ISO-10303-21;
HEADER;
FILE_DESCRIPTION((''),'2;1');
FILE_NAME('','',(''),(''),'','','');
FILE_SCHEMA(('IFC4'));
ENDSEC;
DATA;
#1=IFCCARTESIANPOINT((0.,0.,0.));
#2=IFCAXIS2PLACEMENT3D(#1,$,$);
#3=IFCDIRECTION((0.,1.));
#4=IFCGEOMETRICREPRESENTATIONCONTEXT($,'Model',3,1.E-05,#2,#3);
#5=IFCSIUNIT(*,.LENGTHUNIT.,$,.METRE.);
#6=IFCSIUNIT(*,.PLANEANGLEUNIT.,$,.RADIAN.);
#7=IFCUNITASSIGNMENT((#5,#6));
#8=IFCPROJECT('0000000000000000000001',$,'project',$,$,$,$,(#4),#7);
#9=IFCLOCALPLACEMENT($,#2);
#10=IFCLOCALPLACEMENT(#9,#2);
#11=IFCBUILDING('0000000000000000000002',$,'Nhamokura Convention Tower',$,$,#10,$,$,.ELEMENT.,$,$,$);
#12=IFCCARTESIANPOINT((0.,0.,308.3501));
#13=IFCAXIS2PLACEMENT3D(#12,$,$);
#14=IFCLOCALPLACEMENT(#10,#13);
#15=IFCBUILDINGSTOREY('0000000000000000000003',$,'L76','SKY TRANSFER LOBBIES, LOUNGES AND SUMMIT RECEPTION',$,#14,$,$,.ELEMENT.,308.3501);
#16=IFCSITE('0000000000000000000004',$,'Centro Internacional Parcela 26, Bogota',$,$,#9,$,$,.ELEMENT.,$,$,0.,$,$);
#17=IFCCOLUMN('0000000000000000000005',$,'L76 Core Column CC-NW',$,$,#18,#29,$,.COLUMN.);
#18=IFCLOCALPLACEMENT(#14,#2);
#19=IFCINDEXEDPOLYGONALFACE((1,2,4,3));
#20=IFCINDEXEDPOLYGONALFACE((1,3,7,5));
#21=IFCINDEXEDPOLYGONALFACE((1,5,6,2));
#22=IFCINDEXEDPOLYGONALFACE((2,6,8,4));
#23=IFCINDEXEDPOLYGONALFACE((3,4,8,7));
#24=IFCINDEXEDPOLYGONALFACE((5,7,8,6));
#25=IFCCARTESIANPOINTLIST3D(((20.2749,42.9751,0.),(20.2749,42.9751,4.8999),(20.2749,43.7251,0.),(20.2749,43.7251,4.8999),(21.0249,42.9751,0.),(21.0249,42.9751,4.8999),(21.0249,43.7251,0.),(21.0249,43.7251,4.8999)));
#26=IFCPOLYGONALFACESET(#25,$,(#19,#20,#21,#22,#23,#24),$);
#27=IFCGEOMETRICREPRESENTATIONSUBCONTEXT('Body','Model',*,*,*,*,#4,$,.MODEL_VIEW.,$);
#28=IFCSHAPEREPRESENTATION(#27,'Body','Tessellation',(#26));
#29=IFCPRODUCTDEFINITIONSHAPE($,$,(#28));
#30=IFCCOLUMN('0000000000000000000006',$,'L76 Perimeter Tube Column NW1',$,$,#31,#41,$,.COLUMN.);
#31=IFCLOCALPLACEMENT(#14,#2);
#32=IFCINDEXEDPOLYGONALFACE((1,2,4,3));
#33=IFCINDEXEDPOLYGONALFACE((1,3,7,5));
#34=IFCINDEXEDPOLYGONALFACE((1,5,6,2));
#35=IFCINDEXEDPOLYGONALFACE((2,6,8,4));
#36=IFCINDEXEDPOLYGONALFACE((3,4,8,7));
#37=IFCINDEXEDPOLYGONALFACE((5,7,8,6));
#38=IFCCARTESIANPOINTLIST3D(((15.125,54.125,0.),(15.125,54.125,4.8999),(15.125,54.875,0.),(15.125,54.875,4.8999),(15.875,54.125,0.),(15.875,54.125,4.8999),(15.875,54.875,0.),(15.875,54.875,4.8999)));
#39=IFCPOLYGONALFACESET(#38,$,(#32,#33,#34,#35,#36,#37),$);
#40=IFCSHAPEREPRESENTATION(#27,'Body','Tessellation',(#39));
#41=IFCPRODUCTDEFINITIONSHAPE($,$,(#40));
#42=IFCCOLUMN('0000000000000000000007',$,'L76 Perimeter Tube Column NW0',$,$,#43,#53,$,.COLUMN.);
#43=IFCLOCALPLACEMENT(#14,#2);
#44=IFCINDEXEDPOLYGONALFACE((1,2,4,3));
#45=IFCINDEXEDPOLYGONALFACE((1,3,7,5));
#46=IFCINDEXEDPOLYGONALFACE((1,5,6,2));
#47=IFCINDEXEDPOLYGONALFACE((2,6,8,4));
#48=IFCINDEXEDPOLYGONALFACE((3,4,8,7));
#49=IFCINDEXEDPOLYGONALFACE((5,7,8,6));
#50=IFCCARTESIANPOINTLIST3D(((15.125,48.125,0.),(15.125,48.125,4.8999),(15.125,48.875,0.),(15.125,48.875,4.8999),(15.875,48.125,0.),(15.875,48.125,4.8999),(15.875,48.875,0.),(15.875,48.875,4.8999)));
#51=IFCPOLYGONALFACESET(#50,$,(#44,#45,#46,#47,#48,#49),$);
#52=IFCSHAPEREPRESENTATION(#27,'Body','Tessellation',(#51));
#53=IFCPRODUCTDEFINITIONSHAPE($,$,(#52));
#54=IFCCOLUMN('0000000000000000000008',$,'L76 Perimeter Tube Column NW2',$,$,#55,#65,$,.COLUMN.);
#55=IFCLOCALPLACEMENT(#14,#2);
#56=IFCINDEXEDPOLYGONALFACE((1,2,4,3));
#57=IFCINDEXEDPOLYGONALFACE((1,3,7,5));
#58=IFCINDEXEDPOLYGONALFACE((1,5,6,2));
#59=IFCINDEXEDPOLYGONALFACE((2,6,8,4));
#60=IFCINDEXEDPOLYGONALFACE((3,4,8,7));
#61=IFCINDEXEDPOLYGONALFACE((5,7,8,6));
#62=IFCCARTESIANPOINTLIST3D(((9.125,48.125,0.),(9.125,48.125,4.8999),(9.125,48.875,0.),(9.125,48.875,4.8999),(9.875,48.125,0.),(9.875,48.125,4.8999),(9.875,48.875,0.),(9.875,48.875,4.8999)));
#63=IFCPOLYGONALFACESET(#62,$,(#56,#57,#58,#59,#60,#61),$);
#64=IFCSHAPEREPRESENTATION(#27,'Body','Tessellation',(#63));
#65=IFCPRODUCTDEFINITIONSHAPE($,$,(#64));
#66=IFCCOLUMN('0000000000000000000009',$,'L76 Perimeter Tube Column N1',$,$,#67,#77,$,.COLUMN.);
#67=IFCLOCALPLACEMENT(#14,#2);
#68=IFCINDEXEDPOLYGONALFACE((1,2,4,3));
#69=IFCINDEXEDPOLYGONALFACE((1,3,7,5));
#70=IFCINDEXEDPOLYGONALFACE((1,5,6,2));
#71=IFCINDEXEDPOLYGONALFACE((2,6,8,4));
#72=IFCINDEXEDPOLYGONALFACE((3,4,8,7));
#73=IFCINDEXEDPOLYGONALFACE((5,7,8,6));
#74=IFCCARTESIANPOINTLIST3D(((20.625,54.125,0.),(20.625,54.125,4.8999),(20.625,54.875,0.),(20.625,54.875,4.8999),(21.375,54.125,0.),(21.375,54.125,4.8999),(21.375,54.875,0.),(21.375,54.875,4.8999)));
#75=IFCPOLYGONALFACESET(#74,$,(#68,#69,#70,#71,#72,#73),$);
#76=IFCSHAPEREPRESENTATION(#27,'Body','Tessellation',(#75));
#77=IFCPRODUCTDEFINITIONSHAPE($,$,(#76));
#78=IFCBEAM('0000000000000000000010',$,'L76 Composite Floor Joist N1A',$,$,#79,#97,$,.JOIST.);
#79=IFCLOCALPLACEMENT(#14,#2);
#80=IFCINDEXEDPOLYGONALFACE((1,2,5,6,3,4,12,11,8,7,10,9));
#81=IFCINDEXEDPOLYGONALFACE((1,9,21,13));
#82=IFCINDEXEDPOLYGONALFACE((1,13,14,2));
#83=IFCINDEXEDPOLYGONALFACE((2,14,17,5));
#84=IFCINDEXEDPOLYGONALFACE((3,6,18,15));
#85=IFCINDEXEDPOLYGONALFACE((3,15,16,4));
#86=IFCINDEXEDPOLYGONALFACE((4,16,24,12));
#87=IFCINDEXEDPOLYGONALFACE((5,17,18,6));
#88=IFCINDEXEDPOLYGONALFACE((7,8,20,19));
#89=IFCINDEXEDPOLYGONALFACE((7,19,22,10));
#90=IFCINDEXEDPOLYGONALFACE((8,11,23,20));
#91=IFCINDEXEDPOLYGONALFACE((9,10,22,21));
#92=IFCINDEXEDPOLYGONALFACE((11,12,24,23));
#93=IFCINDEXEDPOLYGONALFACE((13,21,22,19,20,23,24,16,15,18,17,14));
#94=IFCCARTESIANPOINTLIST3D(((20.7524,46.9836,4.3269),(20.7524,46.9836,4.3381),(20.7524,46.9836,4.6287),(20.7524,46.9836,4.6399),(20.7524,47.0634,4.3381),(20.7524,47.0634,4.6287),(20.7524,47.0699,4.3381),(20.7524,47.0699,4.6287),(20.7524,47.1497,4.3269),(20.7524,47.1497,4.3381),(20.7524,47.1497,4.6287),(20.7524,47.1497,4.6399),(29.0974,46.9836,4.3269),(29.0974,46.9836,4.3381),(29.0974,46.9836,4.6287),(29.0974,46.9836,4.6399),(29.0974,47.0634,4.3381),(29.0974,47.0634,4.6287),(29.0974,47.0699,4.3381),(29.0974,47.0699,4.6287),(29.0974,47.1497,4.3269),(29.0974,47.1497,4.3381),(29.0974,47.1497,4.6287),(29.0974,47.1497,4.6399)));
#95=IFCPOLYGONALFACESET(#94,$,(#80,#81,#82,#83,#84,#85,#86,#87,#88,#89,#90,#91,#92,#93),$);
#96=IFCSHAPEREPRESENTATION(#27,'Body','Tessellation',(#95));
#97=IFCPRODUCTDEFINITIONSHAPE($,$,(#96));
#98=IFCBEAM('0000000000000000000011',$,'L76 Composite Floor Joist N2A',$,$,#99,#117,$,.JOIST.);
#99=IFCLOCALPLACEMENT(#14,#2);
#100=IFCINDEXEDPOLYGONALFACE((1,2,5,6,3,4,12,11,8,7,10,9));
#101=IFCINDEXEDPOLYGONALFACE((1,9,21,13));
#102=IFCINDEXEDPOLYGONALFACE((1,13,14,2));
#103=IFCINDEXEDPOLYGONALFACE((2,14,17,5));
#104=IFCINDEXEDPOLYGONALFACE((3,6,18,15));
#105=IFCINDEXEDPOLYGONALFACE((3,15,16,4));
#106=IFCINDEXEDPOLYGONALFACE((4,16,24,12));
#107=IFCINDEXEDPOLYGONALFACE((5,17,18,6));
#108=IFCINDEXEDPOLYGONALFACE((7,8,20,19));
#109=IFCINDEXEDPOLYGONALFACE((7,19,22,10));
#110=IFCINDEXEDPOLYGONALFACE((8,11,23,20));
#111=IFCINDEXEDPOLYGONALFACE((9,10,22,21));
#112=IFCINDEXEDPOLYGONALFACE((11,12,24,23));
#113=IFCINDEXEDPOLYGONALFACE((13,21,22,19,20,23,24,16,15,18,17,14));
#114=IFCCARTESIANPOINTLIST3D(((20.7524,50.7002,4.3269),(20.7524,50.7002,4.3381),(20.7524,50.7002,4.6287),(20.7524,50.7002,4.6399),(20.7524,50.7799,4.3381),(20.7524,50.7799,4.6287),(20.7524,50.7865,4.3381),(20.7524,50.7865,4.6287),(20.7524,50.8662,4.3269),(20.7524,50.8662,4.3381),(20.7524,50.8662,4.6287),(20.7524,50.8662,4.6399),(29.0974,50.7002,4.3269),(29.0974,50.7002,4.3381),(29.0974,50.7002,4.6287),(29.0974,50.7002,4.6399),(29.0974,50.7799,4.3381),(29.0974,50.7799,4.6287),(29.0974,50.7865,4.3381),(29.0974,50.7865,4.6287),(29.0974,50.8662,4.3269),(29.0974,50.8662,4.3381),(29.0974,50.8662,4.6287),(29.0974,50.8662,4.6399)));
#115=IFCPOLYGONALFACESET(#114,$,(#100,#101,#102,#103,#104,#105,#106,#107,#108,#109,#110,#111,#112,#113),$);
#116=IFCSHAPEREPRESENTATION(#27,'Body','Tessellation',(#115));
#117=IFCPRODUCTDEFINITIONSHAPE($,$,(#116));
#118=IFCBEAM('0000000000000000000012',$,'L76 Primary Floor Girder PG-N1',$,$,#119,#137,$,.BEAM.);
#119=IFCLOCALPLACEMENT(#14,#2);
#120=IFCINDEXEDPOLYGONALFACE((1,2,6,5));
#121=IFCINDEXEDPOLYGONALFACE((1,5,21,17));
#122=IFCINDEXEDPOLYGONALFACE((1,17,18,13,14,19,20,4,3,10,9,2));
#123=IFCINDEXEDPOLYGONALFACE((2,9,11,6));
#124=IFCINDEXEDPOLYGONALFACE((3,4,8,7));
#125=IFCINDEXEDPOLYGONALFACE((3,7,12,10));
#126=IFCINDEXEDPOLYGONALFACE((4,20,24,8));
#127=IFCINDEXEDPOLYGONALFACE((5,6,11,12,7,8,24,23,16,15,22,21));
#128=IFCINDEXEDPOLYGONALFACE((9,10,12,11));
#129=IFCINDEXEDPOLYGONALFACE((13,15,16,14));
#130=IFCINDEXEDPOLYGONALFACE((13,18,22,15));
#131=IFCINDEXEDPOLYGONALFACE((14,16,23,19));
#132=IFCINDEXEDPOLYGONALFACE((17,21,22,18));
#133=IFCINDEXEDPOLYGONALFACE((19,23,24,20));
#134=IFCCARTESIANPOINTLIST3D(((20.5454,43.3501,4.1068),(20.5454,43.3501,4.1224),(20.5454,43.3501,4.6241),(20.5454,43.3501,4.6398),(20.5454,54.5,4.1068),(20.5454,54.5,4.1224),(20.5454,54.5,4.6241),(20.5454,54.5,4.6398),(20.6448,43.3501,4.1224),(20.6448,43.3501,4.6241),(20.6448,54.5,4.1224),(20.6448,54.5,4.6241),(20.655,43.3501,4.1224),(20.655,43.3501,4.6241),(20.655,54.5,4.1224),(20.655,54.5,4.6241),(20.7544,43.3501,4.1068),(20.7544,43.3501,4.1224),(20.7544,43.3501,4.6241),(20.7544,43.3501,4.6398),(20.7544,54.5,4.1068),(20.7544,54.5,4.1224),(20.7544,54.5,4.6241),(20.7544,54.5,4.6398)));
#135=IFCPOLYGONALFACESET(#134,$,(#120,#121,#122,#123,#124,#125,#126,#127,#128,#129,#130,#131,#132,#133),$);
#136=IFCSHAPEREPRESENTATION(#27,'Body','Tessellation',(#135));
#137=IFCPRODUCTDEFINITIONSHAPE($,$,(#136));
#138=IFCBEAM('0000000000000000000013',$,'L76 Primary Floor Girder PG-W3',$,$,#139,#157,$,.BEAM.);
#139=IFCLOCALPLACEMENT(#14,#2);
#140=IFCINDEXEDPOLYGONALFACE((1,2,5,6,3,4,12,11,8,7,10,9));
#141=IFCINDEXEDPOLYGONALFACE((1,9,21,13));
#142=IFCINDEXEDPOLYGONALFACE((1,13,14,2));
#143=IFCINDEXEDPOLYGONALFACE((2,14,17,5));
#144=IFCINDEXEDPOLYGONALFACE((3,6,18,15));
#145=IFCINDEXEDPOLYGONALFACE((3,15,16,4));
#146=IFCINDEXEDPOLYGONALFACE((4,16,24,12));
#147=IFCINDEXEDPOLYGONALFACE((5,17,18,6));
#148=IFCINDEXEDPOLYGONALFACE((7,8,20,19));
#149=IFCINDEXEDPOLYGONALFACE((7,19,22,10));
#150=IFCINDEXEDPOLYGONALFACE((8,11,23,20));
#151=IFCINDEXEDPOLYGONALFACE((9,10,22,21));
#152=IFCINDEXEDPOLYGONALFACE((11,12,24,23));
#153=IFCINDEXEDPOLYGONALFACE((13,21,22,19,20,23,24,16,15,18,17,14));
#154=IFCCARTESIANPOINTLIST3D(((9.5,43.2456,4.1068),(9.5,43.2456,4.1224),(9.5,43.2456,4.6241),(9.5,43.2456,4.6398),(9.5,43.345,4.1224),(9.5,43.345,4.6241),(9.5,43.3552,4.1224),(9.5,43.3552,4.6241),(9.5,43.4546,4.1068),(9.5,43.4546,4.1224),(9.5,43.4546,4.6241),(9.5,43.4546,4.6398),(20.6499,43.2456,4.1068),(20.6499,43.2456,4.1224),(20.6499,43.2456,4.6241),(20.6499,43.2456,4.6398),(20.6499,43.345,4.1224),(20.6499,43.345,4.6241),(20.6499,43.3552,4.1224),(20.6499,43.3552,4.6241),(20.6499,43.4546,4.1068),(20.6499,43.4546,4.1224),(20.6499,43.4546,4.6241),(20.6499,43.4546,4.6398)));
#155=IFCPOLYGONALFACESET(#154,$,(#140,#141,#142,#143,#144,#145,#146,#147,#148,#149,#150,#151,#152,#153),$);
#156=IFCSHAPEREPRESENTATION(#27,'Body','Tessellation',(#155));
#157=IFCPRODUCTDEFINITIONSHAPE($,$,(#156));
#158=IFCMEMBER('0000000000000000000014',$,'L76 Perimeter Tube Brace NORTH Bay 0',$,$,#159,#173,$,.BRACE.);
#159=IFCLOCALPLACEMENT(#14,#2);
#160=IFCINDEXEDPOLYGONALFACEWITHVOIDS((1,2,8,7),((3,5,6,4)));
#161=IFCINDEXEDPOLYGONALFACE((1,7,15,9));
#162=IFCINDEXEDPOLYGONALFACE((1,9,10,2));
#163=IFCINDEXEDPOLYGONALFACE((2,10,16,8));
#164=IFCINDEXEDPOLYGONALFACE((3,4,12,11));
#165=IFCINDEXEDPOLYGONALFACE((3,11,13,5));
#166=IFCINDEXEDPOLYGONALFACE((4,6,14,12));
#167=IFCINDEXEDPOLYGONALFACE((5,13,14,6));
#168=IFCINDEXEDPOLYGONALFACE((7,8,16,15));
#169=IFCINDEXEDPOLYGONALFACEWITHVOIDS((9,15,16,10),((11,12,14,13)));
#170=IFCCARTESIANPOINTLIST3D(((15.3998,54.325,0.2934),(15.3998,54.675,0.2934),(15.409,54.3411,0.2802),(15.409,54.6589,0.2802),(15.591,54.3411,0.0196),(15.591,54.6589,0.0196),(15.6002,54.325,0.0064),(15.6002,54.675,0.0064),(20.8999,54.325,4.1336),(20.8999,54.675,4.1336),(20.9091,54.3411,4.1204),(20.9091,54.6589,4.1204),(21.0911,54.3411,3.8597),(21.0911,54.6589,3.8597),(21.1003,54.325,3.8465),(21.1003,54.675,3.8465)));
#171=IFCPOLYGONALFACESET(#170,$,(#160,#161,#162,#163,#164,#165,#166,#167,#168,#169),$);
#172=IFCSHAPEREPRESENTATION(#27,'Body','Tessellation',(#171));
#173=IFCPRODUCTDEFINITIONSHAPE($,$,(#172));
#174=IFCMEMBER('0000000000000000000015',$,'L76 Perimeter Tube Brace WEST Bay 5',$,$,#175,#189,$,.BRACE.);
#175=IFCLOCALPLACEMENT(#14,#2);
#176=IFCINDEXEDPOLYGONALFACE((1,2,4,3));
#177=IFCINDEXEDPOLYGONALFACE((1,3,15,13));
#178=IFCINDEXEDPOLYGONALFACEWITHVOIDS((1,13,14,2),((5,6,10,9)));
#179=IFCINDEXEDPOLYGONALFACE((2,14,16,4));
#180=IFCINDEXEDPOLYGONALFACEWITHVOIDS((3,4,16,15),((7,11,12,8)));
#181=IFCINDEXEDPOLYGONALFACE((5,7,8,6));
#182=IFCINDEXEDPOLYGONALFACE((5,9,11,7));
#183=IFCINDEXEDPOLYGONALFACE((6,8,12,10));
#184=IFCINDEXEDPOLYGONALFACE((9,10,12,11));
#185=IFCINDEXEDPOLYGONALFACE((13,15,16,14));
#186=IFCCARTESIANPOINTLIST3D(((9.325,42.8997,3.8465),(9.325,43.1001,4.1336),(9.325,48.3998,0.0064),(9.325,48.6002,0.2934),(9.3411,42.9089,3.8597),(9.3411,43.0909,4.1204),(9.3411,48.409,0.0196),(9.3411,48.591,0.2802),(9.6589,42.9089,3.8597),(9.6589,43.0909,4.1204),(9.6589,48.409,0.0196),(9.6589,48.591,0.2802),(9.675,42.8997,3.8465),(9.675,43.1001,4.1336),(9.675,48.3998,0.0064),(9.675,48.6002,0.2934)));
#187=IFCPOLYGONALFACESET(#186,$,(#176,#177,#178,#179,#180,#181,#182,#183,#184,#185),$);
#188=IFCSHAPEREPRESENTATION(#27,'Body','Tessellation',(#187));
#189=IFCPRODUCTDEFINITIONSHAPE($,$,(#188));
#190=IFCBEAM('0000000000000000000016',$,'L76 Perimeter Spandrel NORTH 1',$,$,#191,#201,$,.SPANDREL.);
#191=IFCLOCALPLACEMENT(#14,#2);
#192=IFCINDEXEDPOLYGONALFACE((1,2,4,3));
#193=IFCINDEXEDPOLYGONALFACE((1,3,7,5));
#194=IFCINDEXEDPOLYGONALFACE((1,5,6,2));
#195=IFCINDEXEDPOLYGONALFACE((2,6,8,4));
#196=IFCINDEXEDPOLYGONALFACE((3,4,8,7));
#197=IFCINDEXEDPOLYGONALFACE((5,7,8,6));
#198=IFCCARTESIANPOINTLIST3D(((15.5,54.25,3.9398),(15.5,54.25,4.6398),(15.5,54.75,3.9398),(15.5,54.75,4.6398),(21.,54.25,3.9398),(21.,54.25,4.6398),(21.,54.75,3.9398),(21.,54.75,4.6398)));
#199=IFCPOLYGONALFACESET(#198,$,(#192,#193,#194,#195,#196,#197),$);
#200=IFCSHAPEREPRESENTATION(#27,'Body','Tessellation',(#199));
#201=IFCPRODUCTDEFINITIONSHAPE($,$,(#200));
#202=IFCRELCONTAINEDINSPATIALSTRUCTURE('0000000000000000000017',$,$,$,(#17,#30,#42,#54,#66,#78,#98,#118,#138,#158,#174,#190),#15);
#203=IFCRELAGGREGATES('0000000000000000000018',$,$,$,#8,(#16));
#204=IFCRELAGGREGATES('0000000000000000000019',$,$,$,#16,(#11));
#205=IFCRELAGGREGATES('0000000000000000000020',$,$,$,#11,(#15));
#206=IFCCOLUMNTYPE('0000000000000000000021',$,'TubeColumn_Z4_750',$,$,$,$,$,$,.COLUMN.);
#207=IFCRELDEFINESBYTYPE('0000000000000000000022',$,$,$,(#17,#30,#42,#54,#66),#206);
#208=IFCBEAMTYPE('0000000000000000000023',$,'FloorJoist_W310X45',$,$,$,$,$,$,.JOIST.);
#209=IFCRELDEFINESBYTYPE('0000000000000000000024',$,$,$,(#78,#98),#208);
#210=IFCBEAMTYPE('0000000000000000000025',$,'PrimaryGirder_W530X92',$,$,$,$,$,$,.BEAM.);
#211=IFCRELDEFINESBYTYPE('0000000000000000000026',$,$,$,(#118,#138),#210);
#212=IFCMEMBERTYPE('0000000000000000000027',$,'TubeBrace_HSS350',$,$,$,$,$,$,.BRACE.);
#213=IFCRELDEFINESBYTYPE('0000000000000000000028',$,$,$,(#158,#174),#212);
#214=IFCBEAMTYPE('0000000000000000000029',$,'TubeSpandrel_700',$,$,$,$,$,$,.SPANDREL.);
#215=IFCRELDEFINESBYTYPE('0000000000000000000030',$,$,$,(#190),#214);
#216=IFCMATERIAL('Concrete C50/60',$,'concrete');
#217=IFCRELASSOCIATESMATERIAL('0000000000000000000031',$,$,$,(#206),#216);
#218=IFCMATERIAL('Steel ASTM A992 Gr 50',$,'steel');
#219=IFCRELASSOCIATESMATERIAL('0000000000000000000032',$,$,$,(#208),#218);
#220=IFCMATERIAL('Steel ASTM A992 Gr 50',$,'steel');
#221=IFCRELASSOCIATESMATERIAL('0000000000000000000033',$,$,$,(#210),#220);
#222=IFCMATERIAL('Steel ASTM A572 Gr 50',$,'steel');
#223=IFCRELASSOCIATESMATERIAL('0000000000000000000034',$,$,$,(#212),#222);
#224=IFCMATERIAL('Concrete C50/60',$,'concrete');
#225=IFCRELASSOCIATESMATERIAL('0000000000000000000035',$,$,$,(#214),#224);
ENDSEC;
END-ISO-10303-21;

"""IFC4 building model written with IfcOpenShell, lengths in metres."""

from ifc_helpers import new_model, si_unit, direction, frame, origin, origin_2d, place, context, subcontext, project, spatial, rectangle, hollow_rectangle, i_section, extrude, material, material_profile, profile_set, type_object, element, save


model = new_model("IFC4")

# Units and contexts
model_context = context("Model", 3, precision=1e-05, world=origin(), true_north=direction((0.0, 1.0)))
body_context = subcontext(model_context, "Body", "Model", "MODEL_VIEW")
ifc_project = project(units=[si_unit("LENGTHUNIT", "METRE"), si_unit("PLANEANGLEUNIT", "RADIAN")], contexts=[model_context])

# Site, building, storey
site_placement = place(None, origin())
site = spatial("IfcSite", under=ifc_project, at=site_placement, Name="Centro Internacional Parcela 26, Bogota", CompositionType="ELEMENT", RefElevation=0.0)
building_placement = place(site_placement, origin())
building = spatial("IfcBuilding", under=site, at=building_placement, Name="Nhamokura Convention Tower", CompositionType="ELEMENT")
storey_placement = place(building_placement, frame((0.0, 0.0, 308.3501)))
storey = spatial("IfcBuildingStorey", under=building, at=storey_placement, Name="L76", Description="SKY TRANSFER LOBBIES, LOUNGES AND SUMMIT RECEPTION", CompositionType="ELEMENT", Elevation=308.3501)

# Columns
ifc_material_1 = material(Name="Concrete C50/60", Category="concrete")
ifc_material_profile_1 = material_profile(ifc_material_1, rectangle(XDim=0.75, YDim=0.75, at=origin_2d()))
ifc_profile_set_1 = profile_set([ifc_material_profile_1], Name="Concrete C50/60")
column_type = type_object("IfcColumnType", Name="TubeColumn_Z4_750", PredefinedType="COLUMN", material=ifc_profile_set_1)
for number, where, z_axis, x_axis, name in (
    (1, (20.6499, 43.3501, 0.0), (0.0, 0.0, 1.0), (1.0, 0.0, 0.0), "L76 Core Column CC-NW"),
    (2, (15.5, 54.5, 0.0), (0.0, 0.0, 1.0), (1.0, 0.0, 0.0), "L76 Perimeter Tube Column NW1"),
    (3, (15.5, 48.5, 0.0), (0.0, 0.0, 1.0), (1.0, 0.0, 0.0), "L76 Perimeter Tube Column NW0"),
    (4, (9.5, 48.5, 0.0), (0.0, 0.0, 1.0), (1.0, 0.0, 0.0), "L76 Perimeter Tube Column NW2"),
    (5, (21.0, 54.5, 0.0), (0.0, 0.0, 1.0), (1.0, 0.0, 0.0), "L76 Perimeter Tube Column N1"),
):
    element("IfcColumn", number, at=place(storey_placement, frame(where, z_axis=z_axis, x_axis=x_axis)), inside=storey, type_object=column_type, Name=name, PredefinedType="COLUMN", context=body_context, shape_type="SweptSolid", body=[
        extrude(rectangle(XDim=0.75, YDim=0.75, at=origin_2d()), origin(), (0.0, 0.0, 1.0), 4.8999),
    ])

# Beams
ifc_material_2 = material(Name="Steel ASTM A992 Gr 50", Category="steel")
ifc_material_profile_2 = material_profile(ifc_material_2, i_section(OverallWidth=0.166, OverallDepth=0.313, WebThickness=0.0066, FlangeThickness=0.0112, at=origin_2d()))
ifc_profile_set_2 = profile_set([ifc_material_profile_2], Name="Steel ASTM A992 Gr 50")
beam_type_1 = type_object("IfcBeamType", Name="FloorJoist_W310X45", PredefinedType="JOIST", material=ifc_profile_set_2)
for number, where, z_axis, x_axis, name in (
    (6, (20.7524, 47.0667, 4.4834), (1.0, 0.0, 0.0), (0.0, 1.0, 0.0), "L76 Composite Floor Joist N1A"),
    (7, (20.7524, 50.7832, 4.4834), (1.0, 0.0, 0.0), (0.0, 1.0, 0.0), "L76 Composite Floor Joist N2A"),
):
    element("IfcBeam", number, at=place(storey_placement, frame(where, z_axis=z_axis, x_axis=x_axis)), inside=storey, type_object=beam_type_1, Name=name, PredefinedType="JOIST", context=body_context, shape_type="SweptSolid", body=[
        extrude(i_section(OverallWidth=0.166, OverallDepth=0.313, WebThickness=0.0066, FlangeThickness=0.0112, at=origin_2d()), origin(), (0.0, 0.0, 1.0), 8.345),
    ])
ifc_material_3 = material(Name="Steel ASTM A992 Gr 50", Category="steel")
ifc_material_profile_3 = material_profile(ifc_material_3, i_section(OverallWidth=0.209, OverallDepth=0.533, WebThickness=0.0103, FlangeThickness=0.0156, at=origin_2d()))
ifc_profile_set_3 = profile_set([ifc_material_profile_3], Name="Steel ASTM A992 Gr 50")
beam_type_2 = type_object("IfcBeamType", Name="PrimaryGirder_W530X92", PredefinedType="BEAM", material=ifc_profile_set_3)
for number, where, z_axis, x_axis, name in (
    (8, (20.6499, 43.3501, 4.3733), (0.0, 1.0, 0.0), (-1.0, 0.0, 0.0), "L76 Primary Floor Girder PG-N1"),
    (9, (9.5, 43.3501, 4.3733), (1.0, 0.0, 0.0), (0.0, 1.0, 0.0), "L76 Primary Floor Girder PG-W3"),
):
    element("IfcBeam", number, at=place(storey_placement, frame(where, z_axis=z_axis, x_axis=x_axis)), inside=storey, type_object=beam_type_2, Name=name, PredefinedType="BEAM", context=body_context, shape_type="SweptSolid", body=[
        extrude(i_section(OverallWidth=0.209, OverallDepth=0.533, WebThickness=0.0103, FlangeThickness=0.0156, at=origin_2d()), origin(), (0.0, 0.0, 1.0), 11.1499),
    ])

# Members
ifc_material_4 = material(Name="Steel ASTM A572 Gr 50", Category="steel")
ifc_material_profile_4 = material_profile(ifc_material_4, hollow_rectangle(XDim=0.3501, YDim=0.3501, WallThickness=0.0161, at=origin_2d()))
ifc_profile_set_4 = profile_set([ifc_material_profile_4], Name="Steel ASTM A572 Gr 50")
member_type = type_object("IfcMemberType", Name="TubeBrace_HSS350", PredefinedType="BRACE", material=ifc_profile_set_4)
for number, where, z_axis, x_axis, name in (
    (10, (15.5, 54.5, 0.1499), (0.819926, 0.0, 0.57247), (0.0, 1.0, 0.0), "L76 Perimeter Tube Brace NORTH Bay 0"),
    (11, (9.5, 48.5, 0.1499), (0.0, -0.819926, 0.57247), (1.0, 0.0, 0.0), "L76 Perimeter Tube Brace WEST Bay 5"),
):
    element("IfcMember", number, at=place(storey_placement, frame(where, z_axis=z_axis, x_axis=x_axis)), inside=storey, type_object=member_type, Name=name, PredefinedType="BRACE", context=body_context, shape_type="SweptSolid", body=[
        extrude(hollow_rectangle(XDim=0.3501, YDim=0.3501, WallThickness=0.0161, at=origin_2d()), origin(), (0.0, 0.0, 1.0), 6.708),
    ])

# Beam
ifc_material_5 = material(Name="Concrete C50/60", Category="concrete")
ifc_material_profile_5 = material_profile(ifc_material_5, rectangle(XDim=0.5, YDim=0.7, at=origin_2d()))
ifc_profile_set_5 = profile_set([ifc_material_profile_5], Name="Concrete C50/60")
beam_type_3 = type_object("IfcBeamType", Name="TubeSpandrel_700", PredefinedType="SPANDREL", material=ifc_profile_set_5)
beam_placement = place(storey_placement, frame((15.5, 54.5, 4.2898), z_axis=(1.0, 0.0, 0.0), x_axis=(0.0, 1.0, 0.0)))
element("IfcBeam", 12, at=beam_placement, inside=storey, type_object=beam_type_3, Name="L76 Perimeter Spandrel NORTH 1", PredefinedType="SPANDREL", context=body_context, shape_type="SweptSolid", body=[
    extrude(rectangle(XDim=0.5, YDim=0.7, at=origin_2d()), origin(), (0.0, 0.0, 1.0), 5.5),
])

save(model, "model.ifc")
